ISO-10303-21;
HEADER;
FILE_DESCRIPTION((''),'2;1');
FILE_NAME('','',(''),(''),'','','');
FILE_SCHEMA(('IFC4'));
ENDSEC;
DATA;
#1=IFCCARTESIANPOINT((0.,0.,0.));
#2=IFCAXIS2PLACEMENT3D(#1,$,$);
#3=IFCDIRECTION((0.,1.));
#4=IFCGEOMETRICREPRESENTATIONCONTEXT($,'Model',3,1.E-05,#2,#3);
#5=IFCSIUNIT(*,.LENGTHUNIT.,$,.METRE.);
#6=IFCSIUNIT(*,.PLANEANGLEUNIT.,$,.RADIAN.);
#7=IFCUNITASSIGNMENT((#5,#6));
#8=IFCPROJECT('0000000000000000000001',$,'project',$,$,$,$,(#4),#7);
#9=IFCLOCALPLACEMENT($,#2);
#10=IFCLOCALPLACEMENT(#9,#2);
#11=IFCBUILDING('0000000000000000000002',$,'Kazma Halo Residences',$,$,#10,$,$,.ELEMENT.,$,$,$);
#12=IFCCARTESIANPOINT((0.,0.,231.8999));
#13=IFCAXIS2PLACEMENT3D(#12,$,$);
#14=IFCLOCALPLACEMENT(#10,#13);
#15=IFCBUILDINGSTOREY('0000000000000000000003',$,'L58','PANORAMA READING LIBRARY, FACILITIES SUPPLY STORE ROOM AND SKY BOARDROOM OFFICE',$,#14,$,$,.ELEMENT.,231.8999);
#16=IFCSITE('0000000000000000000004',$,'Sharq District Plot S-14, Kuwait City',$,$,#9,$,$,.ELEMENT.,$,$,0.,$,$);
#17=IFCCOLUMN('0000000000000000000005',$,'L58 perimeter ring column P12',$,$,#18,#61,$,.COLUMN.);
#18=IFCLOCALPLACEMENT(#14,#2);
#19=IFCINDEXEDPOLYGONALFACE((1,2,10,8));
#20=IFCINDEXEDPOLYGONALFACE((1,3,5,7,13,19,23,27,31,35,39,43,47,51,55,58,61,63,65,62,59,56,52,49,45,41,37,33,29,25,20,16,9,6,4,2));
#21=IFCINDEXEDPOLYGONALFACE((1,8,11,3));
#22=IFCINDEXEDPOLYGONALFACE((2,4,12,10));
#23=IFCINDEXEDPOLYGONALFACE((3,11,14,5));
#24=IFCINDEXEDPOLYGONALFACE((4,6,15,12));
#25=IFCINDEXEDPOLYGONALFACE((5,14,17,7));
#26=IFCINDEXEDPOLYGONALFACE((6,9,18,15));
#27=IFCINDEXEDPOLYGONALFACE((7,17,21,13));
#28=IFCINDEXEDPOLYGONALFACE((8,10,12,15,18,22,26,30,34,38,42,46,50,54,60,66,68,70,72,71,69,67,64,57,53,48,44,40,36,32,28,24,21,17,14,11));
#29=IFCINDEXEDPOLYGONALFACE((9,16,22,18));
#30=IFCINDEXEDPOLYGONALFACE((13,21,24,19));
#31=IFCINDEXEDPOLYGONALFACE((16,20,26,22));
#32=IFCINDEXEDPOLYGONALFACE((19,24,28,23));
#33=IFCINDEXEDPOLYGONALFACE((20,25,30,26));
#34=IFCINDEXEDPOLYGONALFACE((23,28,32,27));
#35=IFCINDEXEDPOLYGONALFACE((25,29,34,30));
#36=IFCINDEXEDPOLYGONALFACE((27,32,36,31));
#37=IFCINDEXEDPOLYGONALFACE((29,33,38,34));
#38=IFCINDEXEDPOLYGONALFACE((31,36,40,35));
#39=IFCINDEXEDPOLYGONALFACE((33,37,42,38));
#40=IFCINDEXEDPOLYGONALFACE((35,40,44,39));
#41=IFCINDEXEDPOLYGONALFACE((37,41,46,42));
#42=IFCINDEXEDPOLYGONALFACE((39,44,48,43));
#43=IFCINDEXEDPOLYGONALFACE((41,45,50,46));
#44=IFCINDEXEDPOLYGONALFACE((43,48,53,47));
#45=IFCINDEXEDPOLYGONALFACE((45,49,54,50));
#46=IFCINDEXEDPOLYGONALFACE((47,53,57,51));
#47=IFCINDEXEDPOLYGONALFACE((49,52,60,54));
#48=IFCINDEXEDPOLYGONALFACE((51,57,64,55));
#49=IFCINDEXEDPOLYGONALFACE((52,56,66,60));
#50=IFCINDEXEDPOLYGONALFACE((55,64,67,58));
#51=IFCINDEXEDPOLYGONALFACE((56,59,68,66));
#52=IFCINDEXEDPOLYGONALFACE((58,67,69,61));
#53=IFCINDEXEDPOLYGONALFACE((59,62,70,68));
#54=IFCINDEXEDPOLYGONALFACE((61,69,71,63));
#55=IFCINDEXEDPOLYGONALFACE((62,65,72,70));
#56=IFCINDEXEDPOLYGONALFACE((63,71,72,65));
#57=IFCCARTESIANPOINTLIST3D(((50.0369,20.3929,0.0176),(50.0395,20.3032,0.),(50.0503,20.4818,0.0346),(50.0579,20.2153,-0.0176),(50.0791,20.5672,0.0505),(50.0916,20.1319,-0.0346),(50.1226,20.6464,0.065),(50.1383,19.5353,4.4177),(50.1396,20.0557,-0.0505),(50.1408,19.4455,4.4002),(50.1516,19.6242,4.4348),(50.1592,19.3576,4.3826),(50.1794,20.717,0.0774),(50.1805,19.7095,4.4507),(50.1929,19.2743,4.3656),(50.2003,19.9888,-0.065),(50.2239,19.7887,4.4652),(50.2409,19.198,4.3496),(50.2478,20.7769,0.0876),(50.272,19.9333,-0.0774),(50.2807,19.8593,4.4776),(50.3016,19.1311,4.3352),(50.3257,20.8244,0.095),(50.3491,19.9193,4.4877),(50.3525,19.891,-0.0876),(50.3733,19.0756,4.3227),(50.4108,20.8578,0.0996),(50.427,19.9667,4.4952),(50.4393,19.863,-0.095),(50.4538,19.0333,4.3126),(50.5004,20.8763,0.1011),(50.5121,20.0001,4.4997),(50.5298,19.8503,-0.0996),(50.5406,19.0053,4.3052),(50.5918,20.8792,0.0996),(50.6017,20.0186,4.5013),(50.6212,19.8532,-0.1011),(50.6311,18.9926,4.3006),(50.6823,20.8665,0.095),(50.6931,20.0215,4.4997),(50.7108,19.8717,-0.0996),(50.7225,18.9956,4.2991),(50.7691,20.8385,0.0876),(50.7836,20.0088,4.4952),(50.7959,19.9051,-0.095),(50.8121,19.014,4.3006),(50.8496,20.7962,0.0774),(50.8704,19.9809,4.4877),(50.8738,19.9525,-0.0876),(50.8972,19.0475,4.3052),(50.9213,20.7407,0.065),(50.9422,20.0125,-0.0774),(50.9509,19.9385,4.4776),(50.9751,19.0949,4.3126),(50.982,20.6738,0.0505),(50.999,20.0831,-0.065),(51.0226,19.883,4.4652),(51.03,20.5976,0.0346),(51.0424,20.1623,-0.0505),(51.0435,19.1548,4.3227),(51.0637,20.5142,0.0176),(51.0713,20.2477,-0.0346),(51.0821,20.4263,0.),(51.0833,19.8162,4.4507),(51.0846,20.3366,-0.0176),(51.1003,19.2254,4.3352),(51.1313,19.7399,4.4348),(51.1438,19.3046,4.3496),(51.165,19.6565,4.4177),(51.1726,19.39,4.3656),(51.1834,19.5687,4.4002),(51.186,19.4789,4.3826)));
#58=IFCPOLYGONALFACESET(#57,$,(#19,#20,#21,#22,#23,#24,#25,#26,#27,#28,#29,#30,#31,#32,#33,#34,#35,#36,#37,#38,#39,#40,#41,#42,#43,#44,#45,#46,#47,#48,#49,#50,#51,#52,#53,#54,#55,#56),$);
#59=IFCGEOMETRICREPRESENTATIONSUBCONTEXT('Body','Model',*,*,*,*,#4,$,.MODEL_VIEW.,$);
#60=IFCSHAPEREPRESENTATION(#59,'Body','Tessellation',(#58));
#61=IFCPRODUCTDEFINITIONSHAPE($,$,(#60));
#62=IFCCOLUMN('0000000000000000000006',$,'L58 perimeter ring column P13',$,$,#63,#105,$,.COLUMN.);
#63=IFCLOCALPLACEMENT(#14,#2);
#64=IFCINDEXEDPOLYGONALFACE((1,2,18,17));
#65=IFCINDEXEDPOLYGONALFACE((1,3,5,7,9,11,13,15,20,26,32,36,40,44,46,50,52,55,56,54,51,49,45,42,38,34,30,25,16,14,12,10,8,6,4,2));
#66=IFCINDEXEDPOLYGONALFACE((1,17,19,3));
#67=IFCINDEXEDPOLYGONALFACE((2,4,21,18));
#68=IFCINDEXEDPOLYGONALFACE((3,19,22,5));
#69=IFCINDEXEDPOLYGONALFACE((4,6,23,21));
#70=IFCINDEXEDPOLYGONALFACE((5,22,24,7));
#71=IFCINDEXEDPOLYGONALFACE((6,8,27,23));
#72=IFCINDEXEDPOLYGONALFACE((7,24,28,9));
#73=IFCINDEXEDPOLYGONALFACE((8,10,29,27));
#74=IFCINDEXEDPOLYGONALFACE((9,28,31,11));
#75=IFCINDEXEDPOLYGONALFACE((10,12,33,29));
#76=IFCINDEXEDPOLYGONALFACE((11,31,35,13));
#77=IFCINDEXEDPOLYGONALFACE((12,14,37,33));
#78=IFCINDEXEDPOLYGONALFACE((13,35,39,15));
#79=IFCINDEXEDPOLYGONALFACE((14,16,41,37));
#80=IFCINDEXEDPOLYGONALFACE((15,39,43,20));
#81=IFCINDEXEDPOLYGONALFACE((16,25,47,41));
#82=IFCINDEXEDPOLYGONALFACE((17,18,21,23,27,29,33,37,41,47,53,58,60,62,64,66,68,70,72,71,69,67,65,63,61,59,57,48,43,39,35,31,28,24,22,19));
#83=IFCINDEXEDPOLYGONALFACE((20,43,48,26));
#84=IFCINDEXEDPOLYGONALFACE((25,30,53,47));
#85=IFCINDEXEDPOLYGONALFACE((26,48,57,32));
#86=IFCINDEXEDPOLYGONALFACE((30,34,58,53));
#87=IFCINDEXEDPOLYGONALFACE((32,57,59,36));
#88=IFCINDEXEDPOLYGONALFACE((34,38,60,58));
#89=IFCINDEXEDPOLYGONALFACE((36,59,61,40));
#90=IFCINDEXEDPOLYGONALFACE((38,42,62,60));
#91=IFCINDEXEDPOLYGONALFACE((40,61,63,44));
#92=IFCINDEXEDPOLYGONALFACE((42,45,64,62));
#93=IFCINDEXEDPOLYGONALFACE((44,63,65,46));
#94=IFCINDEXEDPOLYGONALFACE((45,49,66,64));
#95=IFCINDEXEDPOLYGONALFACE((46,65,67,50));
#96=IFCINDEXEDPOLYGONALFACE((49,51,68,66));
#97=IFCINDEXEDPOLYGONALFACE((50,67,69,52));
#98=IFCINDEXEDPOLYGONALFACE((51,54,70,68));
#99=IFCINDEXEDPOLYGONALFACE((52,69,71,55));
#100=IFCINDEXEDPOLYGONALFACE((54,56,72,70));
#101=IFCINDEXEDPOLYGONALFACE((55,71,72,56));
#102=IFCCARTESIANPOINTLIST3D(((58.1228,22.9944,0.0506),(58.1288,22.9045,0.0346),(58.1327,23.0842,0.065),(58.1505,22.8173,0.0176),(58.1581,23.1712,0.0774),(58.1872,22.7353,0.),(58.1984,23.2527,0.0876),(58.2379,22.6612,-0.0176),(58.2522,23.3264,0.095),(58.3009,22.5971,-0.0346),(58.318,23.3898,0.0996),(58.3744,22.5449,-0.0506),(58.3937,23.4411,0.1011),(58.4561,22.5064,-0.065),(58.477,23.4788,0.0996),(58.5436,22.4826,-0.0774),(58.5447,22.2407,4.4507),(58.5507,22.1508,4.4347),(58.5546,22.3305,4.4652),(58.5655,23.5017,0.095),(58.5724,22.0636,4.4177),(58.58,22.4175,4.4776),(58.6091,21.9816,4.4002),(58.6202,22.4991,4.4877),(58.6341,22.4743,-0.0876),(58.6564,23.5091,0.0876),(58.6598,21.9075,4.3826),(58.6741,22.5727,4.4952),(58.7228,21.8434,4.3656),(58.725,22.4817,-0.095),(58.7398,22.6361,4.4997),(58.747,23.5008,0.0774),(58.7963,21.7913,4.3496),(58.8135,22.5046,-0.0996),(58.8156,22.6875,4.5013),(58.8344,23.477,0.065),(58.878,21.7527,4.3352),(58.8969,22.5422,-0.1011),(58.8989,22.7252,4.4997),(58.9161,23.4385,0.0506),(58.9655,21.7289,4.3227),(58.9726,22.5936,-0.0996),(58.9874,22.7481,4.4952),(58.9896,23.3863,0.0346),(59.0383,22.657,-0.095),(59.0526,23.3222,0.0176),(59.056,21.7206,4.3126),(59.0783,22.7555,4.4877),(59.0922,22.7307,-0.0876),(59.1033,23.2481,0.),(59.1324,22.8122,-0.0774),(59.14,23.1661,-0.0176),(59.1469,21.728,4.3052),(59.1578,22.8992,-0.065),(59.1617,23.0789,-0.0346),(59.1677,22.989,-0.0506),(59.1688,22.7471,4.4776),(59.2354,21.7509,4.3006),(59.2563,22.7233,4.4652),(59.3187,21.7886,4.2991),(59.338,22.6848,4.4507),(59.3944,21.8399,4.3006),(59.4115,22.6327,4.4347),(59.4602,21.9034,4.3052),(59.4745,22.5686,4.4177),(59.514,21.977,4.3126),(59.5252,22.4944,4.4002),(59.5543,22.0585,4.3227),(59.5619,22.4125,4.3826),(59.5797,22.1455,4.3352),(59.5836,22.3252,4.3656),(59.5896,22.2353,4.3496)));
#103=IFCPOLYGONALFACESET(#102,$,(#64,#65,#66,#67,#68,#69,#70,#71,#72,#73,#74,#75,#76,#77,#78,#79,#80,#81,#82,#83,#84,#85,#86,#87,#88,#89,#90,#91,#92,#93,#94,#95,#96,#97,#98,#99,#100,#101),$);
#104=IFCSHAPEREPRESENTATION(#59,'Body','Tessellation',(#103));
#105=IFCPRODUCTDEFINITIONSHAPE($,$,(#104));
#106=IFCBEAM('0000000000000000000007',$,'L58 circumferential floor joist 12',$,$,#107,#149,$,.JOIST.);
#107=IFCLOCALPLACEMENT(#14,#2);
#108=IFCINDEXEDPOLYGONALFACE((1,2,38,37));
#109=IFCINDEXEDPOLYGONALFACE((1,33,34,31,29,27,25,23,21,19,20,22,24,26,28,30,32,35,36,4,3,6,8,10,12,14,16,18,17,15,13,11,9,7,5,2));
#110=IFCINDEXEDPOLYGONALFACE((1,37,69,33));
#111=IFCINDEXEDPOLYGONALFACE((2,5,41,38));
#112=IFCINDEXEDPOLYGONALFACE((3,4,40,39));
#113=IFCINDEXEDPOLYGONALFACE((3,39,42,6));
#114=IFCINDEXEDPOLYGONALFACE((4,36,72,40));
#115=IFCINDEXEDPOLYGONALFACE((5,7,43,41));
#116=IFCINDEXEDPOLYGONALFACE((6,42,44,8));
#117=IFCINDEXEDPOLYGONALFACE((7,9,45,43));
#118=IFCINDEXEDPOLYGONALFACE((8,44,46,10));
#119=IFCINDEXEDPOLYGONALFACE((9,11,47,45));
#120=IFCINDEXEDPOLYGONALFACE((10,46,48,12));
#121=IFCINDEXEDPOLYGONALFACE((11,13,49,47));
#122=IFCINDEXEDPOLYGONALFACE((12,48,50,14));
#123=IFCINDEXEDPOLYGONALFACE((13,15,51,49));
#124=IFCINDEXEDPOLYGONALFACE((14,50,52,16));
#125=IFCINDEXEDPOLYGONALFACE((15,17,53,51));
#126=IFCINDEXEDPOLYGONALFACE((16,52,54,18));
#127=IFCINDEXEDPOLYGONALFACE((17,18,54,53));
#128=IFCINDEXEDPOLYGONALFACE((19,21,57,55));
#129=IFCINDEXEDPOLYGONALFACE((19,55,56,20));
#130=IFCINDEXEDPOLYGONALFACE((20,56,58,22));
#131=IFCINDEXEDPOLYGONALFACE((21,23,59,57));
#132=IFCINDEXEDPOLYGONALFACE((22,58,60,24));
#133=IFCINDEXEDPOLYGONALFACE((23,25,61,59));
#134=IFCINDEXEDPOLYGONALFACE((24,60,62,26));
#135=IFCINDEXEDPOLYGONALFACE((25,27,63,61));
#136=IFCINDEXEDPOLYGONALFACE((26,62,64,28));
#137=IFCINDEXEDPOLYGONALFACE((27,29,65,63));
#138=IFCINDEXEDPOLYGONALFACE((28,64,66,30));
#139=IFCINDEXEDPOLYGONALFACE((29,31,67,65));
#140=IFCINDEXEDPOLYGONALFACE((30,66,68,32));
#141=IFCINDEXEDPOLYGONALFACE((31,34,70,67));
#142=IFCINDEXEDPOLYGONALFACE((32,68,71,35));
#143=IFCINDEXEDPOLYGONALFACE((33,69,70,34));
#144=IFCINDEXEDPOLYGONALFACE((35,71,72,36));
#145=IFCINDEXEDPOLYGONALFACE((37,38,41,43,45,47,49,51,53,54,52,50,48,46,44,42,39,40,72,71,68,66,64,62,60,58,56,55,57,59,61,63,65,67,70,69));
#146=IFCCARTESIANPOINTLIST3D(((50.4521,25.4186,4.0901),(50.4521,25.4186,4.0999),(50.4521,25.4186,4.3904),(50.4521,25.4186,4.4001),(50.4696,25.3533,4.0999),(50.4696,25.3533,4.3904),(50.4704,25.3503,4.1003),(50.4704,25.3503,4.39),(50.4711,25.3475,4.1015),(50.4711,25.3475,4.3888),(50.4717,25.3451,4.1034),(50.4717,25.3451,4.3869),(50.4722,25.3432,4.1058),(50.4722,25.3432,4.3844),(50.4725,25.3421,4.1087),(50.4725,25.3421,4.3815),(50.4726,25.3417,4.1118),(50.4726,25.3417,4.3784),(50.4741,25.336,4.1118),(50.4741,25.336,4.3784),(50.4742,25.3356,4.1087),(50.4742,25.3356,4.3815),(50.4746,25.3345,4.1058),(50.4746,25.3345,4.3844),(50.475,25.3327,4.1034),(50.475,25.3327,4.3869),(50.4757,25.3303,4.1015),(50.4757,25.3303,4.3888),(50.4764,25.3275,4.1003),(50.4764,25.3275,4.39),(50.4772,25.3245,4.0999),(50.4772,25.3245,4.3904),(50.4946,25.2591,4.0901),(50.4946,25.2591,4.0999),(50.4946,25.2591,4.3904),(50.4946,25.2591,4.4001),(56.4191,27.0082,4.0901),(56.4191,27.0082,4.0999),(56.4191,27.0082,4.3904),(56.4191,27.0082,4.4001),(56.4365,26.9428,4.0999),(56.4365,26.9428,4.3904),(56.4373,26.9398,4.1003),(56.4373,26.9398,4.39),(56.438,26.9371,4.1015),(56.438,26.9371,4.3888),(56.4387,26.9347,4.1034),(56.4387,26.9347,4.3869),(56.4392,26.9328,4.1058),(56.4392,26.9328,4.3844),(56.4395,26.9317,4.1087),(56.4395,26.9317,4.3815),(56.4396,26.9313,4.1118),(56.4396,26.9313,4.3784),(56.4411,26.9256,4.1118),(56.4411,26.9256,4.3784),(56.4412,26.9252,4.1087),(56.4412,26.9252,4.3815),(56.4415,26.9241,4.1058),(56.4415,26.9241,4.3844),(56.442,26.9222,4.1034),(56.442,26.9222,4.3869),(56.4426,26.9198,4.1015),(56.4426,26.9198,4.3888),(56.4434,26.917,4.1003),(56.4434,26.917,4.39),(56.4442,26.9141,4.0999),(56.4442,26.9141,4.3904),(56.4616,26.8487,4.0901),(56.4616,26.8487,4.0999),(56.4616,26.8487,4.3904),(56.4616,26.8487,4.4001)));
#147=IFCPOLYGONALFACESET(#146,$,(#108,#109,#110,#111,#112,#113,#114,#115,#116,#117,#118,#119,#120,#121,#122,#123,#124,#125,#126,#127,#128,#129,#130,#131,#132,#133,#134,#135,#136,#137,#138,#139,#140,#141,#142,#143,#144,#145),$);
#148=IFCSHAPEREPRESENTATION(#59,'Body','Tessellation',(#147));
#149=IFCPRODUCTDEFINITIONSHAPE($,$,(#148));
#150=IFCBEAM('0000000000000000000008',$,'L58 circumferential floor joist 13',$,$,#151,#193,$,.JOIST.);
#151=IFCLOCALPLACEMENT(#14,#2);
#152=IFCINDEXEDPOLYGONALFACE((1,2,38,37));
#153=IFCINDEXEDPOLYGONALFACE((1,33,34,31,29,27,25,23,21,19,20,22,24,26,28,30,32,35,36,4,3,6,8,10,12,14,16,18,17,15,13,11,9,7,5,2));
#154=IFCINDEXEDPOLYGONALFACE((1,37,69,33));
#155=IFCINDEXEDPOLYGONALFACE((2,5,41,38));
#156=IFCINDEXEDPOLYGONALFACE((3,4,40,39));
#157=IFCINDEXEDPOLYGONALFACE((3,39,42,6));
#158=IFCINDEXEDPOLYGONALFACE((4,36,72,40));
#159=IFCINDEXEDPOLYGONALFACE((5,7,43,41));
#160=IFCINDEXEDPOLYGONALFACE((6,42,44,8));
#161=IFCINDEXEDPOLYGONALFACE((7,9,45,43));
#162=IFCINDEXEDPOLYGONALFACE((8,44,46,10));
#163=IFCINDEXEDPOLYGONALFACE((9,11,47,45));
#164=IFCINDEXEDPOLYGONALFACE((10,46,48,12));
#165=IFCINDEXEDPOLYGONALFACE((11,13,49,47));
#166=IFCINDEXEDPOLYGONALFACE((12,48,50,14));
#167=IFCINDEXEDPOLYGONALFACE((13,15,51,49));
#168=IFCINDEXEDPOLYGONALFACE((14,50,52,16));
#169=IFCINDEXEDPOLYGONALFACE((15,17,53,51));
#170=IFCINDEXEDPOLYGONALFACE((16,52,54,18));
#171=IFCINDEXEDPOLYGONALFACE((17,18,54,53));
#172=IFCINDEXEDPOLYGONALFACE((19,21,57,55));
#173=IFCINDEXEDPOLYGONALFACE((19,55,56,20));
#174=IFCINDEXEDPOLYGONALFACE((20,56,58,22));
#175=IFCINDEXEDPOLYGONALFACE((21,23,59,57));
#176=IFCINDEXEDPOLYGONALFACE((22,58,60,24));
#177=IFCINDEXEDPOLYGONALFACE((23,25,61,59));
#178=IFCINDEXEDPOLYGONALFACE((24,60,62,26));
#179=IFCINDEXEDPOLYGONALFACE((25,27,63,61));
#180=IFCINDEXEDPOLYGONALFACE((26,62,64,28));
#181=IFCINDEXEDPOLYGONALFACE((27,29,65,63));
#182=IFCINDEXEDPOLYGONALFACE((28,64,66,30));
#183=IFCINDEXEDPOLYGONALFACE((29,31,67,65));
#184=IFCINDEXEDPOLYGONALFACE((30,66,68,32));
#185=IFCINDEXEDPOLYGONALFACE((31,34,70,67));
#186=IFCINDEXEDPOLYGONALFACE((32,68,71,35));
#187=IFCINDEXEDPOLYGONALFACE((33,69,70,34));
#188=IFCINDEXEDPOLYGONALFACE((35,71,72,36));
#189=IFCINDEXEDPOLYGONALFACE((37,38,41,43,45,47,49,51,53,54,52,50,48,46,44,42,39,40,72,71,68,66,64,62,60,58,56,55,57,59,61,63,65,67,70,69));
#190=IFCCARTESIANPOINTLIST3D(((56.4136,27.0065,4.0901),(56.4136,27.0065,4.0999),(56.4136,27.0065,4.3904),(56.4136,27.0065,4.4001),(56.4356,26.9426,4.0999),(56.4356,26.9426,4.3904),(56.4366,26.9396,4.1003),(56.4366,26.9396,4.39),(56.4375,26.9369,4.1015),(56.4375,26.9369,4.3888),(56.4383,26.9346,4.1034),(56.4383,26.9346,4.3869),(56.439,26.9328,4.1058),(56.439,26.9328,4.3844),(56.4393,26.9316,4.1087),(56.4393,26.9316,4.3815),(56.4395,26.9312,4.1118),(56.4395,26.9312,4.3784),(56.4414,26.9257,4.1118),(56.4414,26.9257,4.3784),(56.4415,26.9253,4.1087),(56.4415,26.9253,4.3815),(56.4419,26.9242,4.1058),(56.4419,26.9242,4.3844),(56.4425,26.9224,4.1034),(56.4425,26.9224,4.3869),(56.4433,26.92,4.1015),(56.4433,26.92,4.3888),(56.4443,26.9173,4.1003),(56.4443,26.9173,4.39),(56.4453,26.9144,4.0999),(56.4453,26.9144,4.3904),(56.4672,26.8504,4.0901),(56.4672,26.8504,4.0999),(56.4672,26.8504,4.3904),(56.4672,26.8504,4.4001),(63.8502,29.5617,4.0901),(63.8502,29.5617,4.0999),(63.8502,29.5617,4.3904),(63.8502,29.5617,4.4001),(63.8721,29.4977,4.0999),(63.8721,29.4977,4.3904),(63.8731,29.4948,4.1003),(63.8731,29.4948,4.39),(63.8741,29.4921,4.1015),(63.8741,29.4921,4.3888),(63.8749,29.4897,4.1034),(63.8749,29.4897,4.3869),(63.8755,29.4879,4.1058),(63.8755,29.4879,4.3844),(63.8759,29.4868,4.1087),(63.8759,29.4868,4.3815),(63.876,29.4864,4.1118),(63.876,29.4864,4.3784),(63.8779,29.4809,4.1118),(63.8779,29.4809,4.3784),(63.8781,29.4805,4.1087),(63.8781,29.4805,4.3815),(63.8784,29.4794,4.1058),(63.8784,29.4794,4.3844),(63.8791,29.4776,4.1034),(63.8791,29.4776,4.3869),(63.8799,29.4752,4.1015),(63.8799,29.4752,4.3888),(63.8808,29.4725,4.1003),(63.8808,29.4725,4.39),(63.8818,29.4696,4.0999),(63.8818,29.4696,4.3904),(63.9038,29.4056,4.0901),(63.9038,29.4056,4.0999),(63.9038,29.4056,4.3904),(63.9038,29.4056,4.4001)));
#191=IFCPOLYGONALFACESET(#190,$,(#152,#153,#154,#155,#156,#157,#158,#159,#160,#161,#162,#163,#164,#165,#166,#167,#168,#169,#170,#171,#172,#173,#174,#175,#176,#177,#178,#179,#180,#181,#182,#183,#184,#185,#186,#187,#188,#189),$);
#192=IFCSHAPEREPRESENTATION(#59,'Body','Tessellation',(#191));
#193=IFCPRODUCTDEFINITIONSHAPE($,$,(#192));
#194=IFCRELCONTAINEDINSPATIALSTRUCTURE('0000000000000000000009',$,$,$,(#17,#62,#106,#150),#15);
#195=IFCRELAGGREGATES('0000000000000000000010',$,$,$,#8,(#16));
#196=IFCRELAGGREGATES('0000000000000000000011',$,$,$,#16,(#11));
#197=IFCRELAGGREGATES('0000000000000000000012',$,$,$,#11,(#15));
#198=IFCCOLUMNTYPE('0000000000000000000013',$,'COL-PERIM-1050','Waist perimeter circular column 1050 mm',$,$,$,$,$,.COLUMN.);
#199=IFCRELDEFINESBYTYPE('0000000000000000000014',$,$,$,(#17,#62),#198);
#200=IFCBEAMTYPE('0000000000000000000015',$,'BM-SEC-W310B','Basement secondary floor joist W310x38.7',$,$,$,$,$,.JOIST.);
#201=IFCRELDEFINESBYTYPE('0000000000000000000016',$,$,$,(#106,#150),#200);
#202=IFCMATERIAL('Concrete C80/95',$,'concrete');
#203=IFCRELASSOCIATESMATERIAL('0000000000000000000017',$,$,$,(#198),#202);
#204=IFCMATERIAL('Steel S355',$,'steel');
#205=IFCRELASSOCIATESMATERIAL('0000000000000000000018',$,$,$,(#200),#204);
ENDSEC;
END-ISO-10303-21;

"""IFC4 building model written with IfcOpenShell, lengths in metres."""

from ifc_helpers import new_model, si_unit, direction, frame, origin, origin_2d, place, context, subcontext, project, spatial, circle, i_section, extrude, material, material_profile, profile_set, type_object, element, save


model = new_model("IFC4")

# Units and contexts
model_context = context("Model", 3, precision=1e-05, world=origin(), true_north=direction((0.0, 1.0)))
body_context = subcontext(model_context, "Body", "Model", "MODEL_VIEW")
ifc_project = project(units=[si_unit("LENGTHUNIT", "METRE"), si_unit("PLANEANGLEUNIT", "RADIAN")], contexts=[model_context])

# Site, building, storey
site_placement = place(None, origin())
site = spatial("IfcSite", under=ifc_project, at=site_placement, Name="Sharq District Plot S-14, Kuwait City", CompositionType="ELEMENT", RefElevation=0.0)
building_placement = place(site_placement, origin())
building = spatial("IfcBuilding", under=site, at=building_placement, Name="Kazma Halo Residences", CompositionType="ELEMENT")
storey_placement = place(building_placement, frame((0.0, 0.0, 231.8999)))
storey = spatial("IfcBuildingStorey", under=building, at=storey_placement, Name="L58", Description="PANORAMA READING LIBRARY, FACILITIES SUPPLY STORE ROOM AND SKY BOARDROOM OFFICE", CompositionType="ELEMENT", Elevation=231.8999)

# Columns
ifc_material_1 = material(Name="Concrete C80/95", Category="concrete")
ifc_material_profile_1 = material_profile(ifc_material_1, circle(Radius=0.5249, at=origin_2d()), Name="CIRC1050")
ifc_profile_set_1 = profile_set([ifc_material_profile_1], Name="Concrete C80/95")
column_type = type_object("IfcColumnType", Name="COL-PERIM-1050", Description="Waist perimeter circular column 1050 mm", PredefinedType="COLUMN", material=ifc_profile_set_1)
for number, where, z_axis, x_axis, name in (
    (1, (50.5608, 20.3647, 0.0), (0.022595, -0.191268, 0.981278), (0.993095, 0.117317, 0.0), "L58 perimeter ring column P12"),
    (2, (58.6453, 22.9917, 0.0), (0.094082, -0.168074, 0.981275), (0.872593, 0.488448, 0.0), "L58 perimeter ring column P13"),
):
    element("IfcColumn", number, at=place(storey_placement, frame(where, z_axis=z_axis, x_axis=x_axis)), inside=storey, type_object=column_type, Name=name, PredefinedType="COLUMN", context=body_context, shape_type="SweptSolid", body=[
        extrude(circle(Radius=0.5249, at=origin_2d()), origin(), (0.0, 0.0, 1.0), 4.4841),
    ])

# Beams
ifc_material_2 = material(Name="Steel S355", Category="steel")
ifc_material_profile_2 = material_profile(ifc_material_2, i_section(OverallWidth=0.165, OverallDepth=0.3101, WebThickness=0.0059, FlangeThickness=0.0098, FilletRadius=0.012, at=origin_2d()), Name="W310x38.7")
ifc_profile_set_2 = profile_set([ifc_material_profile_2], Name="Steel S355")
beam_type_1 = type_object("IfcBeamType", Name="BM-SEC-W310B", Description="Basement secondary floor joist W310x38.7", PredefinedType="JOIST", material=ifc_profile_set_2)
beam_1_placement = place(storey_placement, frame((50.4734, 25.3389, 4.2451), z_axis=(0.9663, 0.257419, 0.0), x_axis=(-0.257419, 0.9663, 0.0)))
element("IfcBeam", 3, at=beam_1_placement, inside=storey, type_object=beam_type_1, Name="L58 circumferential floor joist 12", PredefinedType="JOIST", context=body_context, shape_type="SweptSolid", body=[
    extrude(i_section(OverallWidth=0.165, OverallDepth=0.3101, WebThickness=0.0059, FlangeThickness=0.0098, FilletRadius=0.012, at=origin_2d()), origin(), (0.0, 0.0, 1.0), 6.175),
])
beam_2_placement = place(storey_placement, frame((56.4404, 26.9285, 4.2451), z_axis=(0.945731, 0.324951, 0.0), x_axis=(-0.324951, 0.945731, 0.0)))
element("IfcBeam", 4, at=beam_2_placement, inside=storey, type_object=beam_type_1, Name="L58 circumferential floor joist 13", PredefinedType="JOIST", context=body_context, shape_type="SweptSolid", body=[
    extrude(i_section(OverallWidth=0.165, OverallDepth=0.3101, WebThickness=0.0059, FlangeThickness=0.0098, FilletRadius=0.012, at=origin_2d()), origin(), (0.0, 0.0, 1.0), 7.8633),
])

save(model, "model.ifc")
